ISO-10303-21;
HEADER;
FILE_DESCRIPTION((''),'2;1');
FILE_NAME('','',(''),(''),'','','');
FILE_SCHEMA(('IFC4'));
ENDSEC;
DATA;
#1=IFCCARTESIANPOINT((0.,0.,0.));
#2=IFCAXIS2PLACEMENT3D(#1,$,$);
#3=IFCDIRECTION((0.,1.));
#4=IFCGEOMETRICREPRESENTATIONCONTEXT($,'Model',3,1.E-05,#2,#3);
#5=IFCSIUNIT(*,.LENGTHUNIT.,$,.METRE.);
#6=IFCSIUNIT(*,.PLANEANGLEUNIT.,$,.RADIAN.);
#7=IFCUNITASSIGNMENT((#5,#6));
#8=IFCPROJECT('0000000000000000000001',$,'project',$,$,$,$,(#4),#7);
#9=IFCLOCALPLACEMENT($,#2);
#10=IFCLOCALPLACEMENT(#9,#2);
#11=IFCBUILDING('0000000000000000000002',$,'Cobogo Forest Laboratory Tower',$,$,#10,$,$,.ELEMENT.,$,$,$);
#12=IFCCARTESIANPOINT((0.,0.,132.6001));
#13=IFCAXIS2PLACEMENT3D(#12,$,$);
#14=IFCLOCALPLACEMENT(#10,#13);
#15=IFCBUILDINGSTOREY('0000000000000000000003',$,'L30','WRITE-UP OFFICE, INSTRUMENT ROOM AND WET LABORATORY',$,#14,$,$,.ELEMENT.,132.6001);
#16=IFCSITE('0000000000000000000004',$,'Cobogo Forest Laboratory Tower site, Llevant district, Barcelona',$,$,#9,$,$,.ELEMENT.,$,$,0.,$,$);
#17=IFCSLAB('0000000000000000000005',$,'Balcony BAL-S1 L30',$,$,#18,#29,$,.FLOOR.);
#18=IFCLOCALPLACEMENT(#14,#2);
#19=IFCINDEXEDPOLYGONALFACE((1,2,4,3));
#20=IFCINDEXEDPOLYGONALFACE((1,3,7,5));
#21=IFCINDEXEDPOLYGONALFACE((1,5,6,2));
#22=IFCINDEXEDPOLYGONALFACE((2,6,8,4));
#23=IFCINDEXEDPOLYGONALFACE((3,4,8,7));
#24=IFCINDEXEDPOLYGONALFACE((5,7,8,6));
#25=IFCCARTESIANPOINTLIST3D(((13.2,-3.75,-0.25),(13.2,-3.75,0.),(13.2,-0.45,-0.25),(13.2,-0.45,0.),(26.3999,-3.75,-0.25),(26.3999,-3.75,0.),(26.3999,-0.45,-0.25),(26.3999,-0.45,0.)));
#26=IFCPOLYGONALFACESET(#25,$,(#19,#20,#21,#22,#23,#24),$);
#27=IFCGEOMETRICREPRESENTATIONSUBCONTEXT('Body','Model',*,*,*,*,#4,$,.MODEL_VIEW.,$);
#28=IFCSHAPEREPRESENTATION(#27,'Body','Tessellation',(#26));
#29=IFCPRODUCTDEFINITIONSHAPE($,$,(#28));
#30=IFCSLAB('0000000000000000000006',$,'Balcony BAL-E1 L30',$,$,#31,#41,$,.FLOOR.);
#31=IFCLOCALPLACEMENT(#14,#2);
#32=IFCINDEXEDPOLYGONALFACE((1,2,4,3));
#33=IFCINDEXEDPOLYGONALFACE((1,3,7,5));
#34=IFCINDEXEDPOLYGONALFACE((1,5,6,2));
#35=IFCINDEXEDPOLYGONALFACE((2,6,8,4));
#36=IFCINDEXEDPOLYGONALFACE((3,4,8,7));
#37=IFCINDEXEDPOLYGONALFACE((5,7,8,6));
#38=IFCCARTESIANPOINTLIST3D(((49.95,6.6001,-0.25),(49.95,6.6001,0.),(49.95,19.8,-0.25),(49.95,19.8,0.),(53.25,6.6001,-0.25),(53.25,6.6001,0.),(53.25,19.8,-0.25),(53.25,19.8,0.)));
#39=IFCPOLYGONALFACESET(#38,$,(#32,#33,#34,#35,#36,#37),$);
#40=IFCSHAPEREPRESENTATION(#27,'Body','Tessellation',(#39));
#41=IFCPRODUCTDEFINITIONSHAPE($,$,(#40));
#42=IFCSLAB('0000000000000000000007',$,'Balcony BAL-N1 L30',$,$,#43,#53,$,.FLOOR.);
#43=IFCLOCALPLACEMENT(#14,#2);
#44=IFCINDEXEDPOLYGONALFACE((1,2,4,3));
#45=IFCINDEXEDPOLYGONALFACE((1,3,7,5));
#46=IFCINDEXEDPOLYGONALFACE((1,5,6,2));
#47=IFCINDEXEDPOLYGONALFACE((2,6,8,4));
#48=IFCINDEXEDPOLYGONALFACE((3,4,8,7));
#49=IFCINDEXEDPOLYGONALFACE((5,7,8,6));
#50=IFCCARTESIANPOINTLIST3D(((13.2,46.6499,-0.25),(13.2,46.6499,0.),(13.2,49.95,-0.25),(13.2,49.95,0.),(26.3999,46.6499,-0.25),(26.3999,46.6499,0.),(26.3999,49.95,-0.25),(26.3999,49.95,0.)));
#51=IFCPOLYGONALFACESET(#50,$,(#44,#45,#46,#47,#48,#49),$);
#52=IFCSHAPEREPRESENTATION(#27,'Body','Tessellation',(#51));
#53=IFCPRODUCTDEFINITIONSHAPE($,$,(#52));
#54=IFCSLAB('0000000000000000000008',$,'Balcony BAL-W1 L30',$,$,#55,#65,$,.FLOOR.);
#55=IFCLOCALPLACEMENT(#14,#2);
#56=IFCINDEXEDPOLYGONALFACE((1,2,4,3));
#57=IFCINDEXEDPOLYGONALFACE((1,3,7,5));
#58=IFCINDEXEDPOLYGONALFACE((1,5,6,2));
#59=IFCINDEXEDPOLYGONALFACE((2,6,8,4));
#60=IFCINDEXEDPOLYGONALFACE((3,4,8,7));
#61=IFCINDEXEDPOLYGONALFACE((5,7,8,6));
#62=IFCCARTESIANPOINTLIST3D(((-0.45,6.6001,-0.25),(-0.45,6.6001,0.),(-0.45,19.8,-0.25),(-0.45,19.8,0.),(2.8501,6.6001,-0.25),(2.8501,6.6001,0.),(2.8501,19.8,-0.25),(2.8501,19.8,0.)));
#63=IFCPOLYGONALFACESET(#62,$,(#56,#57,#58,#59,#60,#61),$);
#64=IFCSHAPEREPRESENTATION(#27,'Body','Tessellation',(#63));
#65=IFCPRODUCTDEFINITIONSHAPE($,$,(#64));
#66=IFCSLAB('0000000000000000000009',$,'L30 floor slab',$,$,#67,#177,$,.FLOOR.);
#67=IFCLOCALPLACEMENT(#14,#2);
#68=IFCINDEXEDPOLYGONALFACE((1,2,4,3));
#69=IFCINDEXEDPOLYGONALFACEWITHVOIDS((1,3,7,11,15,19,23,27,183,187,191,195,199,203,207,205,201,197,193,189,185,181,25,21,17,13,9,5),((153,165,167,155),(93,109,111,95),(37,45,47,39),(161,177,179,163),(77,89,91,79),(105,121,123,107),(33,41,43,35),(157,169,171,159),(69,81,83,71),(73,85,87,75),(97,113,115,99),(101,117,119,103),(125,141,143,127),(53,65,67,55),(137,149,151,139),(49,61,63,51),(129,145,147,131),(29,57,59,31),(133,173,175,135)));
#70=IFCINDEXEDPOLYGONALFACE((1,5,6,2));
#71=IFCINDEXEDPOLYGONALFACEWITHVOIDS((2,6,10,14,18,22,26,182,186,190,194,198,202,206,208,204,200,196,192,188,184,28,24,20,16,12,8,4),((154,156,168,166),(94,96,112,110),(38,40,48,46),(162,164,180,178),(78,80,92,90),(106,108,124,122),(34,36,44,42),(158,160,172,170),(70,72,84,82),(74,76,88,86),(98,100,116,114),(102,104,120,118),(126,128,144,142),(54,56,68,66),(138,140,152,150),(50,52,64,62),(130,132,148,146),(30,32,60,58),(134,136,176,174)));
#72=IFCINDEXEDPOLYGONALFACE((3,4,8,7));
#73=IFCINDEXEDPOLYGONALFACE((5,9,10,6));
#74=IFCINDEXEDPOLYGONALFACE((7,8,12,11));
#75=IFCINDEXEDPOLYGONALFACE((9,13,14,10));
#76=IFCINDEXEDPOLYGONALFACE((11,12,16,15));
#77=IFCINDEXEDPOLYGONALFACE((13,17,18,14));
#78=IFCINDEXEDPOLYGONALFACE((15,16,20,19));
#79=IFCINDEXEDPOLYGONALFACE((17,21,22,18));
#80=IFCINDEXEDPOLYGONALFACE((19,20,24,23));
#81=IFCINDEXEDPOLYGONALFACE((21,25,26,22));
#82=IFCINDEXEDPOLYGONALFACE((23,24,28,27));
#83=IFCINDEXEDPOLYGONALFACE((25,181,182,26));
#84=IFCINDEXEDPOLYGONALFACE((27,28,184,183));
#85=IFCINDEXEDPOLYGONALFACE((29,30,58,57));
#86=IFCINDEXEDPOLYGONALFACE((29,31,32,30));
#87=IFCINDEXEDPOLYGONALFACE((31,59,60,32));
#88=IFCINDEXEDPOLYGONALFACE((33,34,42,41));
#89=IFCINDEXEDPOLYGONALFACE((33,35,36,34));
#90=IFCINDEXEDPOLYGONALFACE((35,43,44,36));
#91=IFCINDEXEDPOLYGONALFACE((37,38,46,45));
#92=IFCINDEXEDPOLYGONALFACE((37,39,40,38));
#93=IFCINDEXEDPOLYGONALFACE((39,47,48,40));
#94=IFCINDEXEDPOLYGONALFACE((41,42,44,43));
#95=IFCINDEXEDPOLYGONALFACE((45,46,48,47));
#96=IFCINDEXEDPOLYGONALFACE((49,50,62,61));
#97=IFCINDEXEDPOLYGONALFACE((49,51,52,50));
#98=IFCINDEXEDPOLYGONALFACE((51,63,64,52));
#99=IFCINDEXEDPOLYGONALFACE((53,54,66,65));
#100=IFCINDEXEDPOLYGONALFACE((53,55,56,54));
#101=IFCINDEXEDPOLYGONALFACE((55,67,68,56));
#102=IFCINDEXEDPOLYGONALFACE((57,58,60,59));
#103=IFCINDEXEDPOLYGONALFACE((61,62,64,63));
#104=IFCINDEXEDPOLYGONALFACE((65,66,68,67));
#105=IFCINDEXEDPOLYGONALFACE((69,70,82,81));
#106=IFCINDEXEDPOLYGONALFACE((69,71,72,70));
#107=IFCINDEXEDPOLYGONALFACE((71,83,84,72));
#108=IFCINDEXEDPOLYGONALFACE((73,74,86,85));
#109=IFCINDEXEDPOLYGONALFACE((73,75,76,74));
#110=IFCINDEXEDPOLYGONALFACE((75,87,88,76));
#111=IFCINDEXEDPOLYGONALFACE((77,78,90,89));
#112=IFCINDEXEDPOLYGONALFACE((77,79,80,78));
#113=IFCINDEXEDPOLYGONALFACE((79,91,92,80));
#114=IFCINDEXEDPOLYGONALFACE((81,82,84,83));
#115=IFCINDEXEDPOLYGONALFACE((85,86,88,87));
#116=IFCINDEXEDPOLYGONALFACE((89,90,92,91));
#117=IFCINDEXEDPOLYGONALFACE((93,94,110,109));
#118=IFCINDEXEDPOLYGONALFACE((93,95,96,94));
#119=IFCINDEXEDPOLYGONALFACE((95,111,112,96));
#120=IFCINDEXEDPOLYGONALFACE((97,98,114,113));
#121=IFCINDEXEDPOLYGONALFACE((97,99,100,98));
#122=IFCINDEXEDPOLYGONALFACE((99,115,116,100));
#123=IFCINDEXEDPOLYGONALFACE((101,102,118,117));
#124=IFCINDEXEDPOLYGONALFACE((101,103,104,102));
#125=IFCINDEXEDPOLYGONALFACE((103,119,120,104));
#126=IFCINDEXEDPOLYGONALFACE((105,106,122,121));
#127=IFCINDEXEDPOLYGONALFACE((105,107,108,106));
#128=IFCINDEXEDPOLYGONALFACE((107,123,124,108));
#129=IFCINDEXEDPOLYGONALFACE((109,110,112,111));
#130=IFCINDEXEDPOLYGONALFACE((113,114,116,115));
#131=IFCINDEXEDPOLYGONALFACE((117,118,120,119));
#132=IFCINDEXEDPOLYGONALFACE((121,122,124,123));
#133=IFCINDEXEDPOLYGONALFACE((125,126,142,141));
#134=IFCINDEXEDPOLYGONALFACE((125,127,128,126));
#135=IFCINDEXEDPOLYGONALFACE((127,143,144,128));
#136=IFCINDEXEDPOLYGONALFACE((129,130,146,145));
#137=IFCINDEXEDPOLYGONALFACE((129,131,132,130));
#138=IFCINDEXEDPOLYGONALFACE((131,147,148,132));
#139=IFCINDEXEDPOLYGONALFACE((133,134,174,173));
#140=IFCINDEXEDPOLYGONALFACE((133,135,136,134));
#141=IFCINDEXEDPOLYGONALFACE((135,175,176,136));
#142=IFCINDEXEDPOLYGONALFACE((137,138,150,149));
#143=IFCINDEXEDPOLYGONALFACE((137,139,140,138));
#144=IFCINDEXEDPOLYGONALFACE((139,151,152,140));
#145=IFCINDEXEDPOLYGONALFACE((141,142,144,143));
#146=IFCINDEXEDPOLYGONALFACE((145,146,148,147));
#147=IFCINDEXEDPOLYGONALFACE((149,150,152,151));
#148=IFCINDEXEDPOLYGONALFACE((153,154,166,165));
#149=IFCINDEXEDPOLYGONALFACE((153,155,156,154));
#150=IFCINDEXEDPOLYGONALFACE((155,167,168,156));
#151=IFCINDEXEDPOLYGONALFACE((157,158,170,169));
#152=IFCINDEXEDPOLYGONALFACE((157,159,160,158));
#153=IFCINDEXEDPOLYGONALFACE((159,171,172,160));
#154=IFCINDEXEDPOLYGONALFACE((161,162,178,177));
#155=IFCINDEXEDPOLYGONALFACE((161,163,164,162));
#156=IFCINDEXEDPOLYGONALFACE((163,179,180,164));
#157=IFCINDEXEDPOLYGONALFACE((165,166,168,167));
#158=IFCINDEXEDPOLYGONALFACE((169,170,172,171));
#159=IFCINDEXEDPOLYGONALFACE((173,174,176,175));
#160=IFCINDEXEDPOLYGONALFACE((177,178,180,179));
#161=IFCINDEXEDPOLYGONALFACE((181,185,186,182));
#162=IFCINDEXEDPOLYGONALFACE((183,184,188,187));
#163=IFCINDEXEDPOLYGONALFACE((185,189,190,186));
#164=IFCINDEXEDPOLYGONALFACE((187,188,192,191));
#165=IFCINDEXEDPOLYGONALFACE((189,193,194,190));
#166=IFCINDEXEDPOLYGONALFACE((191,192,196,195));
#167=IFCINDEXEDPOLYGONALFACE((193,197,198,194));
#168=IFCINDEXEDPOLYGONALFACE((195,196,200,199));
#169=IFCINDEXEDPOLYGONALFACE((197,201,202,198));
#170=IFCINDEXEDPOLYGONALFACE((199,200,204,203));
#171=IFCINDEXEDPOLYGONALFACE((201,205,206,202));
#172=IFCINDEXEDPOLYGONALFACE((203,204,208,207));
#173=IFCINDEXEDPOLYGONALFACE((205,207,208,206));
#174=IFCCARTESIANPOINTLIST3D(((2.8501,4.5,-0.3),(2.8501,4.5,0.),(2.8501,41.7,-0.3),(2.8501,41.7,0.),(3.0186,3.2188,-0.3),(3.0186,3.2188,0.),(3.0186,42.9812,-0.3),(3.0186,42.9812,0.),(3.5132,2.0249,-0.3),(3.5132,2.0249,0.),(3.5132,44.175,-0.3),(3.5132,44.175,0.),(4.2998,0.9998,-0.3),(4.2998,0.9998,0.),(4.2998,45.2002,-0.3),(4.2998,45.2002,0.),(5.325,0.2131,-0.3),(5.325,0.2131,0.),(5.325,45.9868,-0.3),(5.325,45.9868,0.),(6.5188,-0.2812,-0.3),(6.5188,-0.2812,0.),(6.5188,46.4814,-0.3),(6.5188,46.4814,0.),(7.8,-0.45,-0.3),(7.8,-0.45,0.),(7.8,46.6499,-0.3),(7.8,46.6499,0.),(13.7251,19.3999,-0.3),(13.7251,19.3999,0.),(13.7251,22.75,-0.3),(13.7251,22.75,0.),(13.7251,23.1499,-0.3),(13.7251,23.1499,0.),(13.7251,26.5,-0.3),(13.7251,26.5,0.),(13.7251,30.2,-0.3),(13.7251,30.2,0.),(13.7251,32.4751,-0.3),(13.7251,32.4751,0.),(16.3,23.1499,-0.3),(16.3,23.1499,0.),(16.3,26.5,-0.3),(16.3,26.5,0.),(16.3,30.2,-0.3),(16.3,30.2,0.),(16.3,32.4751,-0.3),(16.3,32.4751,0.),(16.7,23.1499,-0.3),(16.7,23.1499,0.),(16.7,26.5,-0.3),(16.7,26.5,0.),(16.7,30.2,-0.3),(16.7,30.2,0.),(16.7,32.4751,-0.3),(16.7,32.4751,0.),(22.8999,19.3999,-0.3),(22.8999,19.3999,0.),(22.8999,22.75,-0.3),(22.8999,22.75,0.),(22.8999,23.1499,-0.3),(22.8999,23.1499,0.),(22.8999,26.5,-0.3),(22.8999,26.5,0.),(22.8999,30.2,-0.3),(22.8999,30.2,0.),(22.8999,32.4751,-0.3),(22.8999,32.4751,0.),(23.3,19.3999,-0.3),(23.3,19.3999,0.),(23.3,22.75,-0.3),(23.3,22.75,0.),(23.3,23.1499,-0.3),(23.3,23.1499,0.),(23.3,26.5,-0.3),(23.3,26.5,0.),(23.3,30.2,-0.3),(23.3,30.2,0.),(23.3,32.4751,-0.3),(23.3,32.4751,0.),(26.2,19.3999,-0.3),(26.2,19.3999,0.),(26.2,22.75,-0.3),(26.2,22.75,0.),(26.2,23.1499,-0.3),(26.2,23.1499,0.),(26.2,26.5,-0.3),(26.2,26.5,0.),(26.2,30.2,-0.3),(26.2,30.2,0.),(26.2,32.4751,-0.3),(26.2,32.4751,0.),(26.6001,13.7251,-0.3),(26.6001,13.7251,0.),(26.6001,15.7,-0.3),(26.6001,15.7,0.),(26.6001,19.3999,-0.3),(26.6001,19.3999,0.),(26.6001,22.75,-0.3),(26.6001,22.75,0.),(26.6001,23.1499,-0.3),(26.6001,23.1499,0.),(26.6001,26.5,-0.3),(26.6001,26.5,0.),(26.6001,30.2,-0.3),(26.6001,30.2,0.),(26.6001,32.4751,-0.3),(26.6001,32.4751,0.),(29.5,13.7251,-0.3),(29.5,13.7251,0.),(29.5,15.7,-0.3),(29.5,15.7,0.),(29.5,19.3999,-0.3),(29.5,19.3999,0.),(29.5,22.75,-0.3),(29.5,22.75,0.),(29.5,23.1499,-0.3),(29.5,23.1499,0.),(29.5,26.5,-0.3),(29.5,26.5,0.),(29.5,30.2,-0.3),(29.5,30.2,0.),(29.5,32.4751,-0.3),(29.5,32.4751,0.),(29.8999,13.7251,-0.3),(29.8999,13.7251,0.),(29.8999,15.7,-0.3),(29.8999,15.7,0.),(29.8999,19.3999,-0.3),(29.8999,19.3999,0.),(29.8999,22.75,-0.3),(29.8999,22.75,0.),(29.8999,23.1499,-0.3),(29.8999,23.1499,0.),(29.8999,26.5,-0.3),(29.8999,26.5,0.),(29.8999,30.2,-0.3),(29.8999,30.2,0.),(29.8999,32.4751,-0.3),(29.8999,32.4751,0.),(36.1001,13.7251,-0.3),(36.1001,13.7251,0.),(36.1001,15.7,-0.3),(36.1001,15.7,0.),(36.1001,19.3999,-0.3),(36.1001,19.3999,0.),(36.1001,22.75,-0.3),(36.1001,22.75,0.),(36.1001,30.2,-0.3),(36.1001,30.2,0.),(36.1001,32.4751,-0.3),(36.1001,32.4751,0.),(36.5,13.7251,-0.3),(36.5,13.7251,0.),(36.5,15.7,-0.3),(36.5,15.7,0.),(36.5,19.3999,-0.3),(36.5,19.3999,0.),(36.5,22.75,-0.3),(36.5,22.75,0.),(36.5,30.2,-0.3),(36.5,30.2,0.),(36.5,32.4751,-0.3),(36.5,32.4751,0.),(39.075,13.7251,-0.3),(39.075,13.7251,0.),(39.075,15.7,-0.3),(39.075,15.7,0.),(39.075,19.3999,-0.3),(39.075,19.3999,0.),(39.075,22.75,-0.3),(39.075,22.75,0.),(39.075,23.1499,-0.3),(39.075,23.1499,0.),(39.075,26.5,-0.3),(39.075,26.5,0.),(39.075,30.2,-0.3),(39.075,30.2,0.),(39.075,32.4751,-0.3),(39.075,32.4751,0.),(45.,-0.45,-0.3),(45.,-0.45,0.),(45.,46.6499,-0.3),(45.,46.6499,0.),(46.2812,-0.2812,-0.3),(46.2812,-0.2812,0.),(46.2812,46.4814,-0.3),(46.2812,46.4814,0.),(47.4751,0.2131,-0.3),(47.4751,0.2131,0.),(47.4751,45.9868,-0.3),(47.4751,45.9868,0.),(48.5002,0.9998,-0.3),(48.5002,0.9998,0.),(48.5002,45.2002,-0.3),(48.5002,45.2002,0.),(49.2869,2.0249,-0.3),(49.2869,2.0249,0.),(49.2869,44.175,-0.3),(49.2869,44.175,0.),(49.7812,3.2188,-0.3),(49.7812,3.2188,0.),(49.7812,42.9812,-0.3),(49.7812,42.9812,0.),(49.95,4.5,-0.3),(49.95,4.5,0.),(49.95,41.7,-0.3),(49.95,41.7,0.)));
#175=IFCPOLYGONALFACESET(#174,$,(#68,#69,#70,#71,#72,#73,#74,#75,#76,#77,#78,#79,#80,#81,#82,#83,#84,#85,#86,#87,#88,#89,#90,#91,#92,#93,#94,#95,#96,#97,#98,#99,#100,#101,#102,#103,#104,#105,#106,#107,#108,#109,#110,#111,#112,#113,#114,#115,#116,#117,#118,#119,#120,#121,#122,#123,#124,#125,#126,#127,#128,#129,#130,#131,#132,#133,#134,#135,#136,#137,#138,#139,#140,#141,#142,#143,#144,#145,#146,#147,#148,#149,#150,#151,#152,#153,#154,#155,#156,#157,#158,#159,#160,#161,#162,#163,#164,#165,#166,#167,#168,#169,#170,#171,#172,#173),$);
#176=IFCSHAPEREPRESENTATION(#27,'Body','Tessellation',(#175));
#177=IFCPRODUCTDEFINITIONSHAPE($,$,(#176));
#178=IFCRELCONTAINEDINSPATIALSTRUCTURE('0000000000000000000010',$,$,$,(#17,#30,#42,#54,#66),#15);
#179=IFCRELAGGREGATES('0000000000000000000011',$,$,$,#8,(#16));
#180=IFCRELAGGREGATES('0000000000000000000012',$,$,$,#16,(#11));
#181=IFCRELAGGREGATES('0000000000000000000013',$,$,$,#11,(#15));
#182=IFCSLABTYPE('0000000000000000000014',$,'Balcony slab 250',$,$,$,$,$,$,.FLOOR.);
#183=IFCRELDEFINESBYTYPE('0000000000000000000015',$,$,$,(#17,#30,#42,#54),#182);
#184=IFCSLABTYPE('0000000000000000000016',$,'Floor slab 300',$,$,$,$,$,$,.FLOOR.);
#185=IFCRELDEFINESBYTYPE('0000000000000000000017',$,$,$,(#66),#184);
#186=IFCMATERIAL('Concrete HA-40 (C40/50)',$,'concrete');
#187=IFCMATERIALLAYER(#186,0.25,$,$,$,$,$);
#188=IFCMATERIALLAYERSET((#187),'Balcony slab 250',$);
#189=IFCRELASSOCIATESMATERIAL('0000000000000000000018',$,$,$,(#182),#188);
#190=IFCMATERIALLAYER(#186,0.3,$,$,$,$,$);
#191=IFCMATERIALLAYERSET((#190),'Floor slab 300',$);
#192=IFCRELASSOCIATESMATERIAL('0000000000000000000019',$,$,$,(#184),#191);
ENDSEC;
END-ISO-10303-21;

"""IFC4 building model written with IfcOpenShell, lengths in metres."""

from ifc_helpers import new_model, si_unit, direction, frame, origin, place, context, subcontext, project, spatial, polyline, outline, extrude, material, layer, layer_set, type_object, element, save


model = new_model("IFC4")

# Units and contexts
model_context = context("Model", 3, precision=1e-05, world=origin(), true_north=direction((0.0, 1.0)))
body_context = subcontext(model_context, "Body", "Model", "MODEL_VIEW")
ifc_project = project(units=[si_unit("LENGTHUNIT", "METRE"), si_unit("PLANEANGLEUNIT", "RADIAN")], contexts=[model_context])

# Site, building, storey
site_placement = place(None, origin())
site = spatial("IfcSite", under=ifc_project, at=site_placement, Name="Cobogo Forest Laboratory Tower site, Llevant district, Barcelona", CompositionType="ELEMENT", RefElevation=0.0)
building_placement = place(site_placement, origin())
building = spatial("IfcBuilding", under=site, at=building_placement, Name="Cobogo Forest Laboratory Tower", CompositionType="ELEMENT")
storey_placement = place(building_placement, frame((0.0, 0.0, 132.6001)))
storey = spatial("IfcBuildingStorey", under=building, at=storey_placement, Name="L30", Description="WRITE-UP OFFICE, INSTRUMENT ROOM AND WET LABORATORY", CompositionType="ELEMENT", Elevation=132.6001)

# Slabs
ifc_material_1 = material(Name="Concrete HA-40 (C40/50)", Category="concrete")
ifc_layer_1 = layer(ifc_material_1, 0.25)
ifc_layer_set_1 = layer_set([ifc_layer_1], Name="Balcony slab 250")
slab_type_1 = type_object("IfcSlabType", Name="Balcony slab 250", PredefinedType="FLOOR", material=ifc_layer_set_1)
slab_1_placement = place(storey_placement, frame((0.0, 0.0, -0.25)))
element("IfcSlab", 1, at=slab_1_placement, inside=storey, type_object=slab_type_1, Name="Balcony BAL-S1 L30", PredefinedType="FLOOR", context=body_context, shape_type="SweptSolid", body=[
    extrude(outline(polyline([(13.2, -3.75), (26.3999, -3.75), (26.3999, -0.45), (13.2, -0.45), (13.2, -3.75)])), origin(), (0.0, 0.0, 1.0), 0.25),
])
slab_2_placement = place(storey_placement, frame((0.0, 0.0, -0.25)))
element("IfcSlab", 2, at=slab_2_placement, inside=storey, type_object=slab_type_1, Name="Balcony BAL-E1 L30", PredefinedType="FLOOR", context=body_context, shape_type="SweptSolid", body=[
    extrude(outline(polyline([(49.95, 6.6001), (53.25, 6.6001), (53.25, 19.8), (49.95, 19.8), (49.95, 6.6001)])), origin(), (0.0, 0.0, 1.0), 0.25),
])
slab_3_placement = place(storey_placement, frame((0.0, 0.0, -0.25)))
element("IfcSlab", 3, at=slab_3_placement, inside=storey, type_object=slab_type_1, Name="Balcony BAL-N1 L30", PredefinedType="FLOOR", context=body_context, shape_type="SweptSolid", body=[
    extrude(outline(polyline([(13.2, 46.6499), (26.3999, 46.6499), (26.3999, 49.95), (13.2, 49.95), (13.2, 46.6499)])), origin(), (0.0, 0.0, 1.0), 0.25),
])
slab_4_placement = place(storey_placement, frame((0.0, 0.0, -0.25)))
element("IfcSlab", 4, at=slab_4_placement, inside=storey, type_object=slab_type_1, Name="Balcony BAL-W1 L30", PredefinedType="FLOOR", context=body_context, shape_type="SweptSolid", body=[
    extrude(outline(polyline([(-0.45, 6.6001), (2.8501, 6.6001), (2.8501, 19.8), (-0.45, 19.8), (-0.45, 6.6001)])), origin(), (0.0, 0.0, 1.0), 0.25),
])
ifc_layer_2 = layer(ifc_material_1, 0.3)
ifc_layer_set_2 = layer_set([ifc_layer_2], Name="Floor slab 300")
slab_type_2 = type_object("IfcSlabType", Name="Floor slab 300", PredefinedType="FLOOR", material=ifc_layer_set_2)
slab_5_placement = place(storey_placement, frame((0.0, 0.0, -0.3)))
element("IfcSlab", 5, at=slab_5_placement, inside=storey, type_object=slab_type_2, Name="L30 floor slab", PredefinedType="FLOOR", context=body_context, shape_type="SweptSolid", body=[
    extrude(outline(polyline([(45.0, -0.45), (46.2812, -0.2812), (47.4751, 0.2131), (48.5002, 0.9998), (49.2869, 2.0249), (49.7812, 3.2188), (49.95, 4.5), (49.95, 41.7), (49.7812, 42.9812), (49.2869, 44.175), (48.5002, 45.2002), (47.4751, 45.9868), (46.2812, 46.4814), (45.0, 46.6499), (7.8, 46.6499), (6.5188, 46.4814), (5.325, 45.9868), (4.2998, 45.2002), (3.5132, 44.175), (3.0186, 42.9812), (2.8501, 41.7), (2.8501, 4.5), (3.0186, 3.2188), (3.5132, 2.0249), (4.2998, 0.9998), (5.325, 0.2131), (6.5188, -0.2812), (7.8, -0.45), (45.0, -0.45)]), holes=[polyline([(29.5, 13.7251), (26.6001, 13.7251), (26.6001, 15.7), (29.5, 15.7), (29.5, 13.7251)]), polyline([(36.1001, 15.7), (36.1001, 13.7251), (29.8999, 13.7251), (29.8999, 15.7), (36.1001, 15.7)]), polyline([(36.5, 13.7251), (36.5, 15.7), (39.075, 15.7), (39.075, 13.7251), (36.5, 13.7251)]), polyline([(13.7251, 19.3999), (13.7251, 22.75), (22.8999, 22.75), (22.8999, 19.3999), (13.7251, 19.3999)]), polyline([(23.3, 19.3999), (23.3, 22.75), (26.2, 22.75), (26.2, 19.3999), (23.3, 19.3999)]), polyline([(29.5, 19.3999), (26.6001, 19.3999), (26.6001, 22.75), (29.5, 22.75), (29.5, 19.3999)]), polyline([(36.1001, 22.75), (36.1001, 19.3999), (29.8999, 19.3999), (29.8999, 22.75), (36.1001, 22.75)]), polyline([(39.075, 19.3999), (36.5, 19.3999), (36.5, 22.75), (39.075, 22.75), (39.075, 19.3999)]), polyline([(16.3, 23.1499), (13.7251, 23.1499), (13.7251, 26.5), (16.3, 26.5), (16.3, 23.1499)]), polyline([(22.8999, 26.5), (22.8999, 23.1499), (16.7, 23.1499), (16.7, 26.5), (22.8999, 26.5)]), polyline([(26.2, 23.1499), (23.3, 23.1499), (23.3, 26.5), (26.2, 26.5), (26.2, 23.1499)]), polyline([(26.6001, 23.1499), (26.6001, 26.5), (29.5, 26.5), (29.5, 23.1499), (26.6001, 23.1499)]), polyline([(29.8999, 23.1499), (29.8999, 26.5), (39.075, 26.5), (39.075, 23.1499), (29.8999, 23.1499)]), polyline([(13.7251, 30.2), (13.7251, 32.4751), (16.3, 32.4751), (16.3, 30.2), (13.7251, 30.2)]), polyline([(22.8999, 32.4751), (22.8999, 30.2), (16.7, 30.2), (16.7, 32.4751), (22.8999, 32.4751)]), polyline([(23.3, 30.2), (23.3, 32.4751), (26.2, 32.4751), (26.2, 30.2), (23.3, 30.2)]), polyline([(26.6001, 30.2), (26.6001, 32.4751), (29.5, 32.4751), (29.5, 30.2), (26.6001, 30.2)]), polyline([(36.1001, 32.4751), (36.1001, 30.2), (29.8999, 30.2), (29.8999, 32.4751), (36.1001, 32.4751)]), polyline([(36.5, 30.2), (36.5, 32.4751), (39.075, 32.4751), (39.075, 30.2), (36.5, 30.2)])]), origin(), (0.0, 0.0, 1.0), 0.3),
])

save(model, "model.ifc")
